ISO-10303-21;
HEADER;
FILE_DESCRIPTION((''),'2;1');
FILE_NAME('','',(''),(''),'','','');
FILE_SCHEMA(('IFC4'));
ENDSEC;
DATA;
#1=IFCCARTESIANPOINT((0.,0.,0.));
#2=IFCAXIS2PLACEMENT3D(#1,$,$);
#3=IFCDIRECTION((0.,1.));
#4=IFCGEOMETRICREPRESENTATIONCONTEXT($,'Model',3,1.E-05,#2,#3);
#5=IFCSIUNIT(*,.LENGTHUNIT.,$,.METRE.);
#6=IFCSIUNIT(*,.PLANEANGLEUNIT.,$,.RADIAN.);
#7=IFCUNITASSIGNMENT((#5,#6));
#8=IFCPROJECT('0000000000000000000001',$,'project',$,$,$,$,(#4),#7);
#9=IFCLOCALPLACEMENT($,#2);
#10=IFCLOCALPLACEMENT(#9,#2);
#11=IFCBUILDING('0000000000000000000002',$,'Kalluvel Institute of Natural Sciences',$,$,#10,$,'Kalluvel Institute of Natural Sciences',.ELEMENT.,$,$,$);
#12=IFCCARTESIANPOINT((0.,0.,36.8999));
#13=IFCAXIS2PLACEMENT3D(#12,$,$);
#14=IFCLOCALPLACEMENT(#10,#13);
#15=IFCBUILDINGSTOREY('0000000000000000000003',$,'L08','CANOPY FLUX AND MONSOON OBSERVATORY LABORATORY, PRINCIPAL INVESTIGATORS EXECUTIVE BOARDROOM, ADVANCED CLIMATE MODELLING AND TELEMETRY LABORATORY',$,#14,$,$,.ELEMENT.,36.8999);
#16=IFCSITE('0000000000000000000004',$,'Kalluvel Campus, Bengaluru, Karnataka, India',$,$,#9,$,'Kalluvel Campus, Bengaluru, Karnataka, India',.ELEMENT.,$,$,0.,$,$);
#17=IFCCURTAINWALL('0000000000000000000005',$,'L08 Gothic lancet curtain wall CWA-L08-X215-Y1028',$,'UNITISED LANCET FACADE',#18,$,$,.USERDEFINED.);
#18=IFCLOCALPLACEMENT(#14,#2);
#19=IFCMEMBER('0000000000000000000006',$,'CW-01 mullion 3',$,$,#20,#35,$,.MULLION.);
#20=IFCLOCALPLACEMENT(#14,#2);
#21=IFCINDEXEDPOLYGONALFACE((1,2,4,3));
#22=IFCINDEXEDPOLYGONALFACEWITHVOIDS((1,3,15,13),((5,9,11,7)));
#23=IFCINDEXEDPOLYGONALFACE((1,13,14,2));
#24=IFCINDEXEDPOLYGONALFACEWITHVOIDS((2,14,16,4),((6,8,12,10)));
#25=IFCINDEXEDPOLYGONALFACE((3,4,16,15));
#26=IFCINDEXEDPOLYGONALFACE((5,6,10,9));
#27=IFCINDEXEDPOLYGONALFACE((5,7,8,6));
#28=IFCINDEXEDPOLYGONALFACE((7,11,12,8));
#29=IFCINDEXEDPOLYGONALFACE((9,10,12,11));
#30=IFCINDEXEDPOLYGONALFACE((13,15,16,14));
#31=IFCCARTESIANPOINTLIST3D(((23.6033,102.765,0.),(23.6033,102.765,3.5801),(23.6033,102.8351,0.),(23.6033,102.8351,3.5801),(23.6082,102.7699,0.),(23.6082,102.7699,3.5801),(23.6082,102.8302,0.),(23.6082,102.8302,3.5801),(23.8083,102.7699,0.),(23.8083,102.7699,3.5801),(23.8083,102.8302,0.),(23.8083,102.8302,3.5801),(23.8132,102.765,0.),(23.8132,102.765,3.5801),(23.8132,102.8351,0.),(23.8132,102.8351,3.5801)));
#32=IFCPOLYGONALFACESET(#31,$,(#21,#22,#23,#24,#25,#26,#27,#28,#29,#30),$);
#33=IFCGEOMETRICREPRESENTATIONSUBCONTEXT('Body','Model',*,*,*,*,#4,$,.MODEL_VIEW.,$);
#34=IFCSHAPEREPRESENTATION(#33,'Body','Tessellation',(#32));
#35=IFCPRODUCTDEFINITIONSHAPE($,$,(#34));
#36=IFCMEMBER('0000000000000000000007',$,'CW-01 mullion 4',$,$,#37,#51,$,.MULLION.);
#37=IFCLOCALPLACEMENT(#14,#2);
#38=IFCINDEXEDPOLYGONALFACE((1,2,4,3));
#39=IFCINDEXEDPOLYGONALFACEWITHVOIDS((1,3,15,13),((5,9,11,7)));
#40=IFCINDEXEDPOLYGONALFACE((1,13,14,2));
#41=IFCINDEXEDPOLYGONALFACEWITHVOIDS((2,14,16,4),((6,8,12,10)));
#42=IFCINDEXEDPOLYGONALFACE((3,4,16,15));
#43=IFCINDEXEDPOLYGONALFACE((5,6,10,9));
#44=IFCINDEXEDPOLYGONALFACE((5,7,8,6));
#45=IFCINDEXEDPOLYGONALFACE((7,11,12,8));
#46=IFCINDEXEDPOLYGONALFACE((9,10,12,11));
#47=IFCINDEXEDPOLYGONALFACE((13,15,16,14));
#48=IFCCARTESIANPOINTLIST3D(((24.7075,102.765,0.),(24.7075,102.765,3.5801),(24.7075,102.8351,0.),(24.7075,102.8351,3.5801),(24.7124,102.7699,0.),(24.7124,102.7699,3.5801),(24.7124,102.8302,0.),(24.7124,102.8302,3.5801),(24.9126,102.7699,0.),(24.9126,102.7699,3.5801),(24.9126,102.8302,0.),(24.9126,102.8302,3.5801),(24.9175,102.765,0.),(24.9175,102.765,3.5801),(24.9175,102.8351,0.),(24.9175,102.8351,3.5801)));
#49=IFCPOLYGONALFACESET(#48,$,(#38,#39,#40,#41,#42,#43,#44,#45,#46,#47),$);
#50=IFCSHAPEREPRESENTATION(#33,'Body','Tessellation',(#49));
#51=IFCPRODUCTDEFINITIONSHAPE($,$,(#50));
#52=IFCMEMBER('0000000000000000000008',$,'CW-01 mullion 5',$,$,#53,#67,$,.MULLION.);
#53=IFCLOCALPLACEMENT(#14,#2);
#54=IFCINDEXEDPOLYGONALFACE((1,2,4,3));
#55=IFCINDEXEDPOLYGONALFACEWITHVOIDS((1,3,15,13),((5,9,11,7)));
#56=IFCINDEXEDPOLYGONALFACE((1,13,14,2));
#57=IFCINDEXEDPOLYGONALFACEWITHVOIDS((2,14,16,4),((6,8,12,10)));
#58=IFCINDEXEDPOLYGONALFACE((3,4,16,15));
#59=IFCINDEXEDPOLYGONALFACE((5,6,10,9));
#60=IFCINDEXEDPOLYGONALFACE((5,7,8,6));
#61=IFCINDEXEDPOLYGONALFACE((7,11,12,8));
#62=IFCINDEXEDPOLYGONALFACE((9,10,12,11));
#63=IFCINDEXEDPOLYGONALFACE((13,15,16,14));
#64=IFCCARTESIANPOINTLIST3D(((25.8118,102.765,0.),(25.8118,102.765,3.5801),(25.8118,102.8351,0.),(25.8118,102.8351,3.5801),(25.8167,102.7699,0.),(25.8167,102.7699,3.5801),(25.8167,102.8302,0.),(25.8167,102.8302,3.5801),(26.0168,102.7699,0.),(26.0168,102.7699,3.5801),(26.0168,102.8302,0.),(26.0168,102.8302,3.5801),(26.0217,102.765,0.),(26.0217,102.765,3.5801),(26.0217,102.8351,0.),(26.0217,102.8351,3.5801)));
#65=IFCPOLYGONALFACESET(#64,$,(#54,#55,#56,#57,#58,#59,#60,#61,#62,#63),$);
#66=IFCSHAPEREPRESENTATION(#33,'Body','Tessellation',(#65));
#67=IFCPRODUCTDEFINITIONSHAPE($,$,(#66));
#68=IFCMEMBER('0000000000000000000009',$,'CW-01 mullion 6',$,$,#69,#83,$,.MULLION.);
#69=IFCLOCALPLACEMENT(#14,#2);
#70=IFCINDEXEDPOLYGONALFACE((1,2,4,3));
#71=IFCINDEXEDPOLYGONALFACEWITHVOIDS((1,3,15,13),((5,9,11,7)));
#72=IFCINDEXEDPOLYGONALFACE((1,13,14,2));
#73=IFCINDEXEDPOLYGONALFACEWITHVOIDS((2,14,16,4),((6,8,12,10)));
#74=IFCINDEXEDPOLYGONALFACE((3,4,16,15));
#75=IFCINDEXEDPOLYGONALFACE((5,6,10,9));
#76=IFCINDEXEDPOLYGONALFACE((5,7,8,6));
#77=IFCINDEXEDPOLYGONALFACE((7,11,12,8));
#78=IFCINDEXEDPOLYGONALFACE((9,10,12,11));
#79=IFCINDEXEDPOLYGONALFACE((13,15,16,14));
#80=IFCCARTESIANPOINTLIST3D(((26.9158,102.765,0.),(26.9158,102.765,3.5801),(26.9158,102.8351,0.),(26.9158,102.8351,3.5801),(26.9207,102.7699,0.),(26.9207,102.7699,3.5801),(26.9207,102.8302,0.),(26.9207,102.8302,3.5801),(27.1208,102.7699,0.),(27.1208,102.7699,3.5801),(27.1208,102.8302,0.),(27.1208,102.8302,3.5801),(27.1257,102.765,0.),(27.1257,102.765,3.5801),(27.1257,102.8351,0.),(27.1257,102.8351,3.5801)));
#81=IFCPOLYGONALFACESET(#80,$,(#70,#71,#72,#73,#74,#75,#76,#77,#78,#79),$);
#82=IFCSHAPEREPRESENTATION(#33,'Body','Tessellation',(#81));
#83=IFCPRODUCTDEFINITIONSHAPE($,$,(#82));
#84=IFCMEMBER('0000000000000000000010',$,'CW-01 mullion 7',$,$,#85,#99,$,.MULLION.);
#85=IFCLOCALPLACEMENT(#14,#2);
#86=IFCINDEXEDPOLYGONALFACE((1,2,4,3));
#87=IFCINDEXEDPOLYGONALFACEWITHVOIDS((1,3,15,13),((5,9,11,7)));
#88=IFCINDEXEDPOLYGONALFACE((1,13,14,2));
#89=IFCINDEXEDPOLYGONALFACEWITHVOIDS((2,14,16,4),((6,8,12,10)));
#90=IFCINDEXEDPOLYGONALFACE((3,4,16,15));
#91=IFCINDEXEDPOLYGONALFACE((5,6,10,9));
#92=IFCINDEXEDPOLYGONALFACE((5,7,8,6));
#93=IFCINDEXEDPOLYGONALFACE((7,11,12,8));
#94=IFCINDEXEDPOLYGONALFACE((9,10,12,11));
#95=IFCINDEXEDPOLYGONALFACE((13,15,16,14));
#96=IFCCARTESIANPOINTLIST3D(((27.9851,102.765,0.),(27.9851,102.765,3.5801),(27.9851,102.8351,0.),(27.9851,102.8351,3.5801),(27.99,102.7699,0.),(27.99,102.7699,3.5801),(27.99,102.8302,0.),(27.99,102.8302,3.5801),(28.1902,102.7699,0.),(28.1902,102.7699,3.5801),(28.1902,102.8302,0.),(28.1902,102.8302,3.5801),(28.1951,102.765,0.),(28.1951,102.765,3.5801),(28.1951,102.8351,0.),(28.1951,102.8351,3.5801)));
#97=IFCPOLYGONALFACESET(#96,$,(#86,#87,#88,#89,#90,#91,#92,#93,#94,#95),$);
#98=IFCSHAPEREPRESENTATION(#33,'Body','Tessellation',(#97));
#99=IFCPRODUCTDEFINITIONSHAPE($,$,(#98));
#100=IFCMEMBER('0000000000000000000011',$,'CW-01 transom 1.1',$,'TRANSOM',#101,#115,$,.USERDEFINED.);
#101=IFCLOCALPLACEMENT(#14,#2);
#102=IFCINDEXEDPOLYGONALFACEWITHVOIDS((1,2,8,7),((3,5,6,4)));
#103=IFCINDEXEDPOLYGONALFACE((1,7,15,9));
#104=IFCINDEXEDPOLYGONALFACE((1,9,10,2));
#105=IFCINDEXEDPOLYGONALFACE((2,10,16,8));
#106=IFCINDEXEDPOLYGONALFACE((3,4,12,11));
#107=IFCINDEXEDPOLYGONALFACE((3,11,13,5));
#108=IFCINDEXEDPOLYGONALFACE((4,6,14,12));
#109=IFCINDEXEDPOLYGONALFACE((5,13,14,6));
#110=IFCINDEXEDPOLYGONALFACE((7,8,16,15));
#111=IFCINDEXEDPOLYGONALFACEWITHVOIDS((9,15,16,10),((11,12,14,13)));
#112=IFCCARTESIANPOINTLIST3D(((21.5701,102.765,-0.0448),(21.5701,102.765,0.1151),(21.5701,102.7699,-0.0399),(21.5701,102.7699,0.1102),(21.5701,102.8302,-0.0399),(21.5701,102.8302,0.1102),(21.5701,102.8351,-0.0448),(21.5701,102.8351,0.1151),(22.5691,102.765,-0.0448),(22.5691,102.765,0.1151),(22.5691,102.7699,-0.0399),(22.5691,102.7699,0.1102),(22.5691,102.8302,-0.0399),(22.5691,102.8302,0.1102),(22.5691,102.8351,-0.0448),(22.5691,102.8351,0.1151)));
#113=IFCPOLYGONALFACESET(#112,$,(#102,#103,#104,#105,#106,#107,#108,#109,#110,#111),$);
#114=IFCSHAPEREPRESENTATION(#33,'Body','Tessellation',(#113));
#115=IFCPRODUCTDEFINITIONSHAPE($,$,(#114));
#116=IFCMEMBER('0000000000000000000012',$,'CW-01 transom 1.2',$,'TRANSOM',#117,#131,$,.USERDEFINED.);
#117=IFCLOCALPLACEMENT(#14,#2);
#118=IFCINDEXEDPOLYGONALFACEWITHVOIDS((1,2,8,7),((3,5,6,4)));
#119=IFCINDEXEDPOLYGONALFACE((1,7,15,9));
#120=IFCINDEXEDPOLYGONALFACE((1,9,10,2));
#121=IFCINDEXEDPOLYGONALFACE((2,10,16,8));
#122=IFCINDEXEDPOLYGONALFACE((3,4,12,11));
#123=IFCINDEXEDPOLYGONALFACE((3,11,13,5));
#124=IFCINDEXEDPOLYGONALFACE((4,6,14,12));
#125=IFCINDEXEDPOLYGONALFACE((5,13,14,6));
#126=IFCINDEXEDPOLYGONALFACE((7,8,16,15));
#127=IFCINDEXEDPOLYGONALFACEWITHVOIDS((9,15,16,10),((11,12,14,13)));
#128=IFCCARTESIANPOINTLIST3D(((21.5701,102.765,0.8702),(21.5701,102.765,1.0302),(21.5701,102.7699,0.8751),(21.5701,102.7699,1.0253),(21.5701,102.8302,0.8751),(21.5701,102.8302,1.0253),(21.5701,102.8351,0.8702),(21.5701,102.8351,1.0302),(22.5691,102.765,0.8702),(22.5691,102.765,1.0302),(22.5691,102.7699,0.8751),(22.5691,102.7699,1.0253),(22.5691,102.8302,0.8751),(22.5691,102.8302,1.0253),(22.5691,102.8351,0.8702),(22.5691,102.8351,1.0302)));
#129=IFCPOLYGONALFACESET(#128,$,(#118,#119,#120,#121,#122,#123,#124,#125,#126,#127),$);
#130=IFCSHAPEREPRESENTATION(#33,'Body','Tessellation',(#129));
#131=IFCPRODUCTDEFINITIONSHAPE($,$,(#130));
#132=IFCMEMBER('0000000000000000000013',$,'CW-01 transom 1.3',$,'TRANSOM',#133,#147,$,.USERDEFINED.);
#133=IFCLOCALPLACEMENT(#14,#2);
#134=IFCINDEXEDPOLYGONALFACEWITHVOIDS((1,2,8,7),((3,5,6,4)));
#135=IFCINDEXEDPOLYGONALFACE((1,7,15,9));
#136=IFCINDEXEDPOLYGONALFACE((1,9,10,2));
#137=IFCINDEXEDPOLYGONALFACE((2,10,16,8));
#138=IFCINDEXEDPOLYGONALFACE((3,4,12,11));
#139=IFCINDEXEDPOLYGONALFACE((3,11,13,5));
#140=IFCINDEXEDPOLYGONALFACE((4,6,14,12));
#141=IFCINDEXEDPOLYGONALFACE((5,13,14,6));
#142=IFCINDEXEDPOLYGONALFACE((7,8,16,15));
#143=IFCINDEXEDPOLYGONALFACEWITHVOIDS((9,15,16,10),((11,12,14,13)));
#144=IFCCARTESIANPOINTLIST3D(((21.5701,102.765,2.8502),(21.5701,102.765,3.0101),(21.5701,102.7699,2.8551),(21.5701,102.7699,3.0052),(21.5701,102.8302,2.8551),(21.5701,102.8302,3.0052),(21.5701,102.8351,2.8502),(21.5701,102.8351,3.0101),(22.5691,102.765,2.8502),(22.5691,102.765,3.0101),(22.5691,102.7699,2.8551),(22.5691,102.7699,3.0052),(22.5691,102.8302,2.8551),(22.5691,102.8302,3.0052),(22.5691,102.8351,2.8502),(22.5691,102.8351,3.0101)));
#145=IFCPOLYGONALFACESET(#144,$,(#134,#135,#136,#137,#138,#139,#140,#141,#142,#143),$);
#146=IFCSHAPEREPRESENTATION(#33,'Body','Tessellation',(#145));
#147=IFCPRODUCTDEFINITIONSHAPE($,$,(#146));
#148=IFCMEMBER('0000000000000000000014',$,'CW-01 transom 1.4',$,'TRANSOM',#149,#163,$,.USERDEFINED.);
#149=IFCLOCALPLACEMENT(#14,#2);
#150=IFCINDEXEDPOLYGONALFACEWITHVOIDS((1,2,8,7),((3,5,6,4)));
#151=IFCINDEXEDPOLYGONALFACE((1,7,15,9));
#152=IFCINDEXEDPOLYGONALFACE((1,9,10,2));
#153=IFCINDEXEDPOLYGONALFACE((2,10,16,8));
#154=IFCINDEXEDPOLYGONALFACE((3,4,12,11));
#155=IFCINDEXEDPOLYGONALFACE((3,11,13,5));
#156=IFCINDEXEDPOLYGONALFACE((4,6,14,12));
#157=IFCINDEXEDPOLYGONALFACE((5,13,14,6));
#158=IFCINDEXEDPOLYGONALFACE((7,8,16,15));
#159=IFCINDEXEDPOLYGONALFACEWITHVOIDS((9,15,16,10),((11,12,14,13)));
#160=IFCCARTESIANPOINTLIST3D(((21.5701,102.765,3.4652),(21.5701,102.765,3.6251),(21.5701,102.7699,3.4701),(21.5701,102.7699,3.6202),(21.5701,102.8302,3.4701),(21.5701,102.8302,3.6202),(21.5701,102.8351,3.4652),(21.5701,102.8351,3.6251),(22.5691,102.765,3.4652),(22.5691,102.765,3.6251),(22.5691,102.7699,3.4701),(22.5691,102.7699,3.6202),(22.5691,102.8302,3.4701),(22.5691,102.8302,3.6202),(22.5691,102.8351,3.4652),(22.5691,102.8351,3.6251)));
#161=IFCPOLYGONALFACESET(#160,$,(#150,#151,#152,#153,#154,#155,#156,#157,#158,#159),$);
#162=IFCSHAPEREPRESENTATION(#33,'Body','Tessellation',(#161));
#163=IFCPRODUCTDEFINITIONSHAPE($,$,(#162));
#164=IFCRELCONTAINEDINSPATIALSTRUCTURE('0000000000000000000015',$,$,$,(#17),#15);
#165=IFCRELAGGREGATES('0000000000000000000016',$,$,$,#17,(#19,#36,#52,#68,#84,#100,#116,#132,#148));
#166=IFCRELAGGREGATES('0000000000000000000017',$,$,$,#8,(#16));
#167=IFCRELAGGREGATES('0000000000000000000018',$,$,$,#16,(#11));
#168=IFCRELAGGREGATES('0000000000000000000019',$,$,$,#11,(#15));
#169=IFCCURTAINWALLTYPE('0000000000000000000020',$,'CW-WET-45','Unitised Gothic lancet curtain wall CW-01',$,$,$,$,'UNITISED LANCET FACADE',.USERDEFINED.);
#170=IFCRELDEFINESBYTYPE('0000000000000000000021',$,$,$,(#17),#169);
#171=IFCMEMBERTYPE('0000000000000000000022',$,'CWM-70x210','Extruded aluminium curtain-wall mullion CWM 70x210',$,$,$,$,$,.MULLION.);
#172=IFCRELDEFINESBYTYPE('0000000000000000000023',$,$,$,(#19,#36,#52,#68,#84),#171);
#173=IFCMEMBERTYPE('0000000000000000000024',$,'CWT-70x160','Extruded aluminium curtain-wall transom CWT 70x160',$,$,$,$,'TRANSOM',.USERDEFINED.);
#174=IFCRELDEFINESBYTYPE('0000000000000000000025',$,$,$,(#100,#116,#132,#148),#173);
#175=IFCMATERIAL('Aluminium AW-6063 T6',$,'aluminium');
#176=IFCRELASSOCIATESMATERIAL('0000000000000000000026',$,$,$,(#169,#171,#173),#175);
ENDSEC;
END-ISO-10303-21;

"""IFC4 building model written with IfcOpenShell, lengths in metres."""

from ifc_helpers import new_model, si_unit, direction, frame, origin, origin_2d, place, context, subcontext, project, spatial, hollow_rectangle, extrude, material, material_profile, profile_set, type_object, element, aggregate, save


model = new_model("IFC4")

# Units and contexts
model_context = context("Model", 3, precision=1e-05, world=origin(), true_north=direction((0.0, 1.0)))
body_context = subcontext(model_context, "Body", "Model", "MODEL_VIEW")
ifc_project = project(units=[si_unit("LENGTHUNIT", "METRE"), si_unit("PLANEANGLEUNIT", "RADIAN")], contexts=[model_context])

# Site, building, storey
site_placement = place(None, origin())
site = spatial("IfcSite", under=ifc_project, at=site_placement, Name="Kalluvel Campus, Bengaluru, Karnataka, India", LongName="Kalluvel Campus, Bengaluru, Karnataka, India", CompositionType="ELEMENT", RefElevation=0.0)
building_placement = place(site_placement, origin())
building = spatial("IfcBuilding", under=site, at=building_placement, Name="Kalluvel Institute of Natural Sciences", LongName="Kalluvel Institute of Natural Sciences", CompositionType="ELEMENT")
storey_placement = place(building_placement, frame((0.0, 0.0, 36.8999)))
storey = spatial("IfcBuildingStorey", under=building, at=storey_placement, Name="L08", Description="CANOPY FLUX AND MONSOON OBSERVATORY LABORATORY, PRINCIPAL INVESTIGATORS EXECUTIVE BOARDROOM, ADVANCED CLIMATE MODELLING AND TELEMETRY LABORATORY", CompositionType="ELEMENT", Elevation=36.8999)

# Curtain wall, members
ifc_material_1 = material(Name="Aluminium AW-6063 T6", Category="aluminium")
curtain_wall_type = type_object("IfcCurtainWallType", Name="CW-WET-45", Description="Unitised Gothic lancet curtain wall CW-01", ElementType="UNITISED LANCET FACADE", PredefinedType="USERDEFINED", material=ifc_material_1)
curtain_wall_placement = place(storey_placement, origin())
curtain_wall = element("IfcCurtainWall", 1, at=curtain_wall_placement, inside=storey, type_object=curtain_wall_type, Name="L08 Gothic lancet curtain wall CWA-L08-X215-Y1028", ObjectType="UNITISED LANCET FACADE", PredefinedType="USERDEFINED")
ifc_material_profile_1 = material_profile(ifc_material_1, hollow_rectangle(XDim=0.0701, YDim=0.21, WallThickness=0.0049, at=origin_2d()), Name="CWM 70x210")
ifc_profile_set_1 = profile_set([ifc_material_profile_1], Name="Aluminium AW-6063 T6")
member_type_1 = type_object("IfcMemberType", Name="CWM-70x210", Description="Extruded aluminium curtain-wall mullion CWM 70x210", PredefinedType="MULLION", material=ifc_profile_set_1)
member_1_placement = place(storey_placement, frame((23.7083, 102.8, 0.0), z_axis=(0.0, 0.0, 1.0), x_axis=(0.0, 1.0, 0.0)))
member_1 = element("IfcMember", 2, at=member_1_placement, type_object=member_type_1, Name="CW-01 mullion 3", PredefinedType="MULLION", context=body_context, shape_type="SweptSolid", body=[
    extrude(hollow_rectangle(XDim=0.0701, YDim=0.21, WallThickness=0.0049, at=origin_2d()), origin(), (0.0, 0.0, 1.0), 3.5801),
])
member_2_placement = place(storey_placement, frame((24.8125, 102.8, 0.0), z_axis=(0.0, 0.0, 1.0), x_axis=(0.0, 1.0, 0.0)))
member_2 = element("IfcMember", 3, at=member_2_placement, type_object=member_type_1, Name="CW-01 mullion 4", PredefinedType="MULLION", context=body_context, shape_type="SweptSolid", body=[
    extrude(hollow_rectangle(XDim=0.0701, YDim=0.21, WallThickness=0.0049, at=origin_2d()), origin(), (0.0, 0.0, 1.0), 3.5801),
])
member_3_placement = place(storey_placement, frame((25.9167, 102.8, 0.0), z_axis=(0.0, 0.0, 1.0), x_axis=(0.0, 1.0, 0.0)))
member_3 = element("IfcMember", 4, at=member_3_placement, type_object=member_type_1, Name="CW-01 mullion 5", PredefinedType="MULLION", context=body_context, shape_type="SweptSolid", body=[
    extrude(hollow_rectangle(XDim=0.0701, YDim=0.21, WallThickness=0.0049, at=origin_2d()), origin(), (0.0, 0.0, 1.0), 3.5801),
])
member_4_placement = place(storey_placement, frame((27.0208, 102.8, 0.0), z_axis=(0.0, 0.0, 1.0), x_axis=(0.0, 1.0, 0.0)))
member_4 = element("IfcMember", 5, at=member_4_placement, type_object=member_type_1, Name="CW-01 mullion 6", PredefinedType="MULLION", context=body_context, shape_type="SweptSolid", body=[
    extrude(hollow_rectangle(XDim=0.0701, YDim=0.21, WallThickness=0.0049, at=origin_2d()), origin(), (0.0, 0.0, 1.0), 3.5801),
])
member_5_placement = place(storey_placement, frame((28.0901, 102.8, 0.0), z_axis=(0.0, 0.0, 1.0), x_axis=(0.0, 1.0, 0.0)))
member_5 = element("IfcMember", 6, at=member_5_placement, type_object=member_type_1, Name="CW-01 mullion 7", PredefinedType="MULLION", context=body_context, shape_type="SweptSolid", body=[
    extrude(hollow_rectangle(XDim=0.0701, YDim=0.21, WallThickness=0.0049, at=origin_2d()), origin(), (0.0, 0.0, 1.0), 3.5801),
])
ifc_material_profile_2 = material_profile(ifc_material_1, hollow_rectangle(XDim=0.0701, YDim=0.1599, WallThickness=0.0049, at=origin_2d()), Name="CWT 70x160")
ifc_profile_set_2 = profile_set([ifc_material_profile_2], Name="Aluminium AW-6063 T6")
member_type_2 = type_object("IfcMemberType", Name="CWT-70x160", Description="Extruded aluminium curtain-wall transom CWT 70x160", ElementType="TRANSOM", PredefinedType="USERDEFINED", material=ifc_profile_set_2)
member_6_placement = place(storey_placement, frame((21.5701, 102.8, 0.0352), z_axis=(1.0, 0.0, 0.0), x_axis=(0.0, 1.0, 0.0)))
member_6 = element("IfcMember", 7, at=member_6_placement, type_object=member_type_2, Name="CW-01 transom 1.1", ObjectType="TRANSOM", PredefinedType="USERDEFINED", context=body_context, shape_type="SweptSolid", body=[
    extrude(hollow_rectangle(XDim=0.0701, YDim=0.1599, WallThickness=0.0049, at=origin_2d()), origin(), (0.0, 0.0, 1.0), 0.999),
])
member_7_placement = place(storey_placement, frame((21.5701, 102.8, 0.9502), z_axis=(1.0, 0.0, 0.0), x_axis=(0.0, 1.0, 0.0)))
member_7 = element("IfcMember", 8, at=member_7_placement, type_object=member_type_2, Name="CW-01 transom 1.2", ObjectType="TRANSOM", PredefinedType="USERDEFINED", context=body_context, shape_type="SweptSolid", body=[
    extrude(hollow_rectangle(XDim=0.0701, YDim=0.1599, WallThickness=0.0049, at=origin_2d()), origin(), (0.0, 0.0, 1.0), 0.999),
])
member_8_placement = place(storey_placement, frame((21.5701, 102.8, 2.9302), z_axis=(1.0, 0.0, 0.0), x_axis=(0.0, 1.0, 0.0)))
member_8 = element("IfcMember", 9, at=member_8_placement, type_object=member_type_2, Name="CW-01 transom 1.3", ObjectType="TRANSOM", PredefinedType="USERDEFINED", context=body_context, shape_type="SweptSolid", body=[
    extrude(hollow_rectangle(XDim=0.0701, YDim=0.1599, WallThickness=0.0049, at=origin_2d()), origin(), (0.0, 0.0, 1.0), 0.999),
])
member_9_placement = place(storey_placement, frame((21.5701, 102.8, 3.5452), z_axis=(1.0, 0.0, 0.0), x_axis=(0.0, 1.0, 0.0)))
member_9 = element("IfcMember", 10, at=member_9_placement, type_object=member_type_2, Name="CW-01 transom 1.4", ObjectType="TRANSOM", PredefinedType="USERDEFINED", context=body_context, shape_type="SweptSolid", body=[
    extrude(hollow_rectangle(XDim=0.0701, YDim=0.1599, WallThickness=0.0049, at=origin_2d()), origin(), (0.0, 0.0, 1.0), 0.999),
])
aggregate(curtain_wall, [member_1, member_2, member_3, member_4, member_5, member_6, member_7, member_8, member_9])

save(model, "model.ifc")
